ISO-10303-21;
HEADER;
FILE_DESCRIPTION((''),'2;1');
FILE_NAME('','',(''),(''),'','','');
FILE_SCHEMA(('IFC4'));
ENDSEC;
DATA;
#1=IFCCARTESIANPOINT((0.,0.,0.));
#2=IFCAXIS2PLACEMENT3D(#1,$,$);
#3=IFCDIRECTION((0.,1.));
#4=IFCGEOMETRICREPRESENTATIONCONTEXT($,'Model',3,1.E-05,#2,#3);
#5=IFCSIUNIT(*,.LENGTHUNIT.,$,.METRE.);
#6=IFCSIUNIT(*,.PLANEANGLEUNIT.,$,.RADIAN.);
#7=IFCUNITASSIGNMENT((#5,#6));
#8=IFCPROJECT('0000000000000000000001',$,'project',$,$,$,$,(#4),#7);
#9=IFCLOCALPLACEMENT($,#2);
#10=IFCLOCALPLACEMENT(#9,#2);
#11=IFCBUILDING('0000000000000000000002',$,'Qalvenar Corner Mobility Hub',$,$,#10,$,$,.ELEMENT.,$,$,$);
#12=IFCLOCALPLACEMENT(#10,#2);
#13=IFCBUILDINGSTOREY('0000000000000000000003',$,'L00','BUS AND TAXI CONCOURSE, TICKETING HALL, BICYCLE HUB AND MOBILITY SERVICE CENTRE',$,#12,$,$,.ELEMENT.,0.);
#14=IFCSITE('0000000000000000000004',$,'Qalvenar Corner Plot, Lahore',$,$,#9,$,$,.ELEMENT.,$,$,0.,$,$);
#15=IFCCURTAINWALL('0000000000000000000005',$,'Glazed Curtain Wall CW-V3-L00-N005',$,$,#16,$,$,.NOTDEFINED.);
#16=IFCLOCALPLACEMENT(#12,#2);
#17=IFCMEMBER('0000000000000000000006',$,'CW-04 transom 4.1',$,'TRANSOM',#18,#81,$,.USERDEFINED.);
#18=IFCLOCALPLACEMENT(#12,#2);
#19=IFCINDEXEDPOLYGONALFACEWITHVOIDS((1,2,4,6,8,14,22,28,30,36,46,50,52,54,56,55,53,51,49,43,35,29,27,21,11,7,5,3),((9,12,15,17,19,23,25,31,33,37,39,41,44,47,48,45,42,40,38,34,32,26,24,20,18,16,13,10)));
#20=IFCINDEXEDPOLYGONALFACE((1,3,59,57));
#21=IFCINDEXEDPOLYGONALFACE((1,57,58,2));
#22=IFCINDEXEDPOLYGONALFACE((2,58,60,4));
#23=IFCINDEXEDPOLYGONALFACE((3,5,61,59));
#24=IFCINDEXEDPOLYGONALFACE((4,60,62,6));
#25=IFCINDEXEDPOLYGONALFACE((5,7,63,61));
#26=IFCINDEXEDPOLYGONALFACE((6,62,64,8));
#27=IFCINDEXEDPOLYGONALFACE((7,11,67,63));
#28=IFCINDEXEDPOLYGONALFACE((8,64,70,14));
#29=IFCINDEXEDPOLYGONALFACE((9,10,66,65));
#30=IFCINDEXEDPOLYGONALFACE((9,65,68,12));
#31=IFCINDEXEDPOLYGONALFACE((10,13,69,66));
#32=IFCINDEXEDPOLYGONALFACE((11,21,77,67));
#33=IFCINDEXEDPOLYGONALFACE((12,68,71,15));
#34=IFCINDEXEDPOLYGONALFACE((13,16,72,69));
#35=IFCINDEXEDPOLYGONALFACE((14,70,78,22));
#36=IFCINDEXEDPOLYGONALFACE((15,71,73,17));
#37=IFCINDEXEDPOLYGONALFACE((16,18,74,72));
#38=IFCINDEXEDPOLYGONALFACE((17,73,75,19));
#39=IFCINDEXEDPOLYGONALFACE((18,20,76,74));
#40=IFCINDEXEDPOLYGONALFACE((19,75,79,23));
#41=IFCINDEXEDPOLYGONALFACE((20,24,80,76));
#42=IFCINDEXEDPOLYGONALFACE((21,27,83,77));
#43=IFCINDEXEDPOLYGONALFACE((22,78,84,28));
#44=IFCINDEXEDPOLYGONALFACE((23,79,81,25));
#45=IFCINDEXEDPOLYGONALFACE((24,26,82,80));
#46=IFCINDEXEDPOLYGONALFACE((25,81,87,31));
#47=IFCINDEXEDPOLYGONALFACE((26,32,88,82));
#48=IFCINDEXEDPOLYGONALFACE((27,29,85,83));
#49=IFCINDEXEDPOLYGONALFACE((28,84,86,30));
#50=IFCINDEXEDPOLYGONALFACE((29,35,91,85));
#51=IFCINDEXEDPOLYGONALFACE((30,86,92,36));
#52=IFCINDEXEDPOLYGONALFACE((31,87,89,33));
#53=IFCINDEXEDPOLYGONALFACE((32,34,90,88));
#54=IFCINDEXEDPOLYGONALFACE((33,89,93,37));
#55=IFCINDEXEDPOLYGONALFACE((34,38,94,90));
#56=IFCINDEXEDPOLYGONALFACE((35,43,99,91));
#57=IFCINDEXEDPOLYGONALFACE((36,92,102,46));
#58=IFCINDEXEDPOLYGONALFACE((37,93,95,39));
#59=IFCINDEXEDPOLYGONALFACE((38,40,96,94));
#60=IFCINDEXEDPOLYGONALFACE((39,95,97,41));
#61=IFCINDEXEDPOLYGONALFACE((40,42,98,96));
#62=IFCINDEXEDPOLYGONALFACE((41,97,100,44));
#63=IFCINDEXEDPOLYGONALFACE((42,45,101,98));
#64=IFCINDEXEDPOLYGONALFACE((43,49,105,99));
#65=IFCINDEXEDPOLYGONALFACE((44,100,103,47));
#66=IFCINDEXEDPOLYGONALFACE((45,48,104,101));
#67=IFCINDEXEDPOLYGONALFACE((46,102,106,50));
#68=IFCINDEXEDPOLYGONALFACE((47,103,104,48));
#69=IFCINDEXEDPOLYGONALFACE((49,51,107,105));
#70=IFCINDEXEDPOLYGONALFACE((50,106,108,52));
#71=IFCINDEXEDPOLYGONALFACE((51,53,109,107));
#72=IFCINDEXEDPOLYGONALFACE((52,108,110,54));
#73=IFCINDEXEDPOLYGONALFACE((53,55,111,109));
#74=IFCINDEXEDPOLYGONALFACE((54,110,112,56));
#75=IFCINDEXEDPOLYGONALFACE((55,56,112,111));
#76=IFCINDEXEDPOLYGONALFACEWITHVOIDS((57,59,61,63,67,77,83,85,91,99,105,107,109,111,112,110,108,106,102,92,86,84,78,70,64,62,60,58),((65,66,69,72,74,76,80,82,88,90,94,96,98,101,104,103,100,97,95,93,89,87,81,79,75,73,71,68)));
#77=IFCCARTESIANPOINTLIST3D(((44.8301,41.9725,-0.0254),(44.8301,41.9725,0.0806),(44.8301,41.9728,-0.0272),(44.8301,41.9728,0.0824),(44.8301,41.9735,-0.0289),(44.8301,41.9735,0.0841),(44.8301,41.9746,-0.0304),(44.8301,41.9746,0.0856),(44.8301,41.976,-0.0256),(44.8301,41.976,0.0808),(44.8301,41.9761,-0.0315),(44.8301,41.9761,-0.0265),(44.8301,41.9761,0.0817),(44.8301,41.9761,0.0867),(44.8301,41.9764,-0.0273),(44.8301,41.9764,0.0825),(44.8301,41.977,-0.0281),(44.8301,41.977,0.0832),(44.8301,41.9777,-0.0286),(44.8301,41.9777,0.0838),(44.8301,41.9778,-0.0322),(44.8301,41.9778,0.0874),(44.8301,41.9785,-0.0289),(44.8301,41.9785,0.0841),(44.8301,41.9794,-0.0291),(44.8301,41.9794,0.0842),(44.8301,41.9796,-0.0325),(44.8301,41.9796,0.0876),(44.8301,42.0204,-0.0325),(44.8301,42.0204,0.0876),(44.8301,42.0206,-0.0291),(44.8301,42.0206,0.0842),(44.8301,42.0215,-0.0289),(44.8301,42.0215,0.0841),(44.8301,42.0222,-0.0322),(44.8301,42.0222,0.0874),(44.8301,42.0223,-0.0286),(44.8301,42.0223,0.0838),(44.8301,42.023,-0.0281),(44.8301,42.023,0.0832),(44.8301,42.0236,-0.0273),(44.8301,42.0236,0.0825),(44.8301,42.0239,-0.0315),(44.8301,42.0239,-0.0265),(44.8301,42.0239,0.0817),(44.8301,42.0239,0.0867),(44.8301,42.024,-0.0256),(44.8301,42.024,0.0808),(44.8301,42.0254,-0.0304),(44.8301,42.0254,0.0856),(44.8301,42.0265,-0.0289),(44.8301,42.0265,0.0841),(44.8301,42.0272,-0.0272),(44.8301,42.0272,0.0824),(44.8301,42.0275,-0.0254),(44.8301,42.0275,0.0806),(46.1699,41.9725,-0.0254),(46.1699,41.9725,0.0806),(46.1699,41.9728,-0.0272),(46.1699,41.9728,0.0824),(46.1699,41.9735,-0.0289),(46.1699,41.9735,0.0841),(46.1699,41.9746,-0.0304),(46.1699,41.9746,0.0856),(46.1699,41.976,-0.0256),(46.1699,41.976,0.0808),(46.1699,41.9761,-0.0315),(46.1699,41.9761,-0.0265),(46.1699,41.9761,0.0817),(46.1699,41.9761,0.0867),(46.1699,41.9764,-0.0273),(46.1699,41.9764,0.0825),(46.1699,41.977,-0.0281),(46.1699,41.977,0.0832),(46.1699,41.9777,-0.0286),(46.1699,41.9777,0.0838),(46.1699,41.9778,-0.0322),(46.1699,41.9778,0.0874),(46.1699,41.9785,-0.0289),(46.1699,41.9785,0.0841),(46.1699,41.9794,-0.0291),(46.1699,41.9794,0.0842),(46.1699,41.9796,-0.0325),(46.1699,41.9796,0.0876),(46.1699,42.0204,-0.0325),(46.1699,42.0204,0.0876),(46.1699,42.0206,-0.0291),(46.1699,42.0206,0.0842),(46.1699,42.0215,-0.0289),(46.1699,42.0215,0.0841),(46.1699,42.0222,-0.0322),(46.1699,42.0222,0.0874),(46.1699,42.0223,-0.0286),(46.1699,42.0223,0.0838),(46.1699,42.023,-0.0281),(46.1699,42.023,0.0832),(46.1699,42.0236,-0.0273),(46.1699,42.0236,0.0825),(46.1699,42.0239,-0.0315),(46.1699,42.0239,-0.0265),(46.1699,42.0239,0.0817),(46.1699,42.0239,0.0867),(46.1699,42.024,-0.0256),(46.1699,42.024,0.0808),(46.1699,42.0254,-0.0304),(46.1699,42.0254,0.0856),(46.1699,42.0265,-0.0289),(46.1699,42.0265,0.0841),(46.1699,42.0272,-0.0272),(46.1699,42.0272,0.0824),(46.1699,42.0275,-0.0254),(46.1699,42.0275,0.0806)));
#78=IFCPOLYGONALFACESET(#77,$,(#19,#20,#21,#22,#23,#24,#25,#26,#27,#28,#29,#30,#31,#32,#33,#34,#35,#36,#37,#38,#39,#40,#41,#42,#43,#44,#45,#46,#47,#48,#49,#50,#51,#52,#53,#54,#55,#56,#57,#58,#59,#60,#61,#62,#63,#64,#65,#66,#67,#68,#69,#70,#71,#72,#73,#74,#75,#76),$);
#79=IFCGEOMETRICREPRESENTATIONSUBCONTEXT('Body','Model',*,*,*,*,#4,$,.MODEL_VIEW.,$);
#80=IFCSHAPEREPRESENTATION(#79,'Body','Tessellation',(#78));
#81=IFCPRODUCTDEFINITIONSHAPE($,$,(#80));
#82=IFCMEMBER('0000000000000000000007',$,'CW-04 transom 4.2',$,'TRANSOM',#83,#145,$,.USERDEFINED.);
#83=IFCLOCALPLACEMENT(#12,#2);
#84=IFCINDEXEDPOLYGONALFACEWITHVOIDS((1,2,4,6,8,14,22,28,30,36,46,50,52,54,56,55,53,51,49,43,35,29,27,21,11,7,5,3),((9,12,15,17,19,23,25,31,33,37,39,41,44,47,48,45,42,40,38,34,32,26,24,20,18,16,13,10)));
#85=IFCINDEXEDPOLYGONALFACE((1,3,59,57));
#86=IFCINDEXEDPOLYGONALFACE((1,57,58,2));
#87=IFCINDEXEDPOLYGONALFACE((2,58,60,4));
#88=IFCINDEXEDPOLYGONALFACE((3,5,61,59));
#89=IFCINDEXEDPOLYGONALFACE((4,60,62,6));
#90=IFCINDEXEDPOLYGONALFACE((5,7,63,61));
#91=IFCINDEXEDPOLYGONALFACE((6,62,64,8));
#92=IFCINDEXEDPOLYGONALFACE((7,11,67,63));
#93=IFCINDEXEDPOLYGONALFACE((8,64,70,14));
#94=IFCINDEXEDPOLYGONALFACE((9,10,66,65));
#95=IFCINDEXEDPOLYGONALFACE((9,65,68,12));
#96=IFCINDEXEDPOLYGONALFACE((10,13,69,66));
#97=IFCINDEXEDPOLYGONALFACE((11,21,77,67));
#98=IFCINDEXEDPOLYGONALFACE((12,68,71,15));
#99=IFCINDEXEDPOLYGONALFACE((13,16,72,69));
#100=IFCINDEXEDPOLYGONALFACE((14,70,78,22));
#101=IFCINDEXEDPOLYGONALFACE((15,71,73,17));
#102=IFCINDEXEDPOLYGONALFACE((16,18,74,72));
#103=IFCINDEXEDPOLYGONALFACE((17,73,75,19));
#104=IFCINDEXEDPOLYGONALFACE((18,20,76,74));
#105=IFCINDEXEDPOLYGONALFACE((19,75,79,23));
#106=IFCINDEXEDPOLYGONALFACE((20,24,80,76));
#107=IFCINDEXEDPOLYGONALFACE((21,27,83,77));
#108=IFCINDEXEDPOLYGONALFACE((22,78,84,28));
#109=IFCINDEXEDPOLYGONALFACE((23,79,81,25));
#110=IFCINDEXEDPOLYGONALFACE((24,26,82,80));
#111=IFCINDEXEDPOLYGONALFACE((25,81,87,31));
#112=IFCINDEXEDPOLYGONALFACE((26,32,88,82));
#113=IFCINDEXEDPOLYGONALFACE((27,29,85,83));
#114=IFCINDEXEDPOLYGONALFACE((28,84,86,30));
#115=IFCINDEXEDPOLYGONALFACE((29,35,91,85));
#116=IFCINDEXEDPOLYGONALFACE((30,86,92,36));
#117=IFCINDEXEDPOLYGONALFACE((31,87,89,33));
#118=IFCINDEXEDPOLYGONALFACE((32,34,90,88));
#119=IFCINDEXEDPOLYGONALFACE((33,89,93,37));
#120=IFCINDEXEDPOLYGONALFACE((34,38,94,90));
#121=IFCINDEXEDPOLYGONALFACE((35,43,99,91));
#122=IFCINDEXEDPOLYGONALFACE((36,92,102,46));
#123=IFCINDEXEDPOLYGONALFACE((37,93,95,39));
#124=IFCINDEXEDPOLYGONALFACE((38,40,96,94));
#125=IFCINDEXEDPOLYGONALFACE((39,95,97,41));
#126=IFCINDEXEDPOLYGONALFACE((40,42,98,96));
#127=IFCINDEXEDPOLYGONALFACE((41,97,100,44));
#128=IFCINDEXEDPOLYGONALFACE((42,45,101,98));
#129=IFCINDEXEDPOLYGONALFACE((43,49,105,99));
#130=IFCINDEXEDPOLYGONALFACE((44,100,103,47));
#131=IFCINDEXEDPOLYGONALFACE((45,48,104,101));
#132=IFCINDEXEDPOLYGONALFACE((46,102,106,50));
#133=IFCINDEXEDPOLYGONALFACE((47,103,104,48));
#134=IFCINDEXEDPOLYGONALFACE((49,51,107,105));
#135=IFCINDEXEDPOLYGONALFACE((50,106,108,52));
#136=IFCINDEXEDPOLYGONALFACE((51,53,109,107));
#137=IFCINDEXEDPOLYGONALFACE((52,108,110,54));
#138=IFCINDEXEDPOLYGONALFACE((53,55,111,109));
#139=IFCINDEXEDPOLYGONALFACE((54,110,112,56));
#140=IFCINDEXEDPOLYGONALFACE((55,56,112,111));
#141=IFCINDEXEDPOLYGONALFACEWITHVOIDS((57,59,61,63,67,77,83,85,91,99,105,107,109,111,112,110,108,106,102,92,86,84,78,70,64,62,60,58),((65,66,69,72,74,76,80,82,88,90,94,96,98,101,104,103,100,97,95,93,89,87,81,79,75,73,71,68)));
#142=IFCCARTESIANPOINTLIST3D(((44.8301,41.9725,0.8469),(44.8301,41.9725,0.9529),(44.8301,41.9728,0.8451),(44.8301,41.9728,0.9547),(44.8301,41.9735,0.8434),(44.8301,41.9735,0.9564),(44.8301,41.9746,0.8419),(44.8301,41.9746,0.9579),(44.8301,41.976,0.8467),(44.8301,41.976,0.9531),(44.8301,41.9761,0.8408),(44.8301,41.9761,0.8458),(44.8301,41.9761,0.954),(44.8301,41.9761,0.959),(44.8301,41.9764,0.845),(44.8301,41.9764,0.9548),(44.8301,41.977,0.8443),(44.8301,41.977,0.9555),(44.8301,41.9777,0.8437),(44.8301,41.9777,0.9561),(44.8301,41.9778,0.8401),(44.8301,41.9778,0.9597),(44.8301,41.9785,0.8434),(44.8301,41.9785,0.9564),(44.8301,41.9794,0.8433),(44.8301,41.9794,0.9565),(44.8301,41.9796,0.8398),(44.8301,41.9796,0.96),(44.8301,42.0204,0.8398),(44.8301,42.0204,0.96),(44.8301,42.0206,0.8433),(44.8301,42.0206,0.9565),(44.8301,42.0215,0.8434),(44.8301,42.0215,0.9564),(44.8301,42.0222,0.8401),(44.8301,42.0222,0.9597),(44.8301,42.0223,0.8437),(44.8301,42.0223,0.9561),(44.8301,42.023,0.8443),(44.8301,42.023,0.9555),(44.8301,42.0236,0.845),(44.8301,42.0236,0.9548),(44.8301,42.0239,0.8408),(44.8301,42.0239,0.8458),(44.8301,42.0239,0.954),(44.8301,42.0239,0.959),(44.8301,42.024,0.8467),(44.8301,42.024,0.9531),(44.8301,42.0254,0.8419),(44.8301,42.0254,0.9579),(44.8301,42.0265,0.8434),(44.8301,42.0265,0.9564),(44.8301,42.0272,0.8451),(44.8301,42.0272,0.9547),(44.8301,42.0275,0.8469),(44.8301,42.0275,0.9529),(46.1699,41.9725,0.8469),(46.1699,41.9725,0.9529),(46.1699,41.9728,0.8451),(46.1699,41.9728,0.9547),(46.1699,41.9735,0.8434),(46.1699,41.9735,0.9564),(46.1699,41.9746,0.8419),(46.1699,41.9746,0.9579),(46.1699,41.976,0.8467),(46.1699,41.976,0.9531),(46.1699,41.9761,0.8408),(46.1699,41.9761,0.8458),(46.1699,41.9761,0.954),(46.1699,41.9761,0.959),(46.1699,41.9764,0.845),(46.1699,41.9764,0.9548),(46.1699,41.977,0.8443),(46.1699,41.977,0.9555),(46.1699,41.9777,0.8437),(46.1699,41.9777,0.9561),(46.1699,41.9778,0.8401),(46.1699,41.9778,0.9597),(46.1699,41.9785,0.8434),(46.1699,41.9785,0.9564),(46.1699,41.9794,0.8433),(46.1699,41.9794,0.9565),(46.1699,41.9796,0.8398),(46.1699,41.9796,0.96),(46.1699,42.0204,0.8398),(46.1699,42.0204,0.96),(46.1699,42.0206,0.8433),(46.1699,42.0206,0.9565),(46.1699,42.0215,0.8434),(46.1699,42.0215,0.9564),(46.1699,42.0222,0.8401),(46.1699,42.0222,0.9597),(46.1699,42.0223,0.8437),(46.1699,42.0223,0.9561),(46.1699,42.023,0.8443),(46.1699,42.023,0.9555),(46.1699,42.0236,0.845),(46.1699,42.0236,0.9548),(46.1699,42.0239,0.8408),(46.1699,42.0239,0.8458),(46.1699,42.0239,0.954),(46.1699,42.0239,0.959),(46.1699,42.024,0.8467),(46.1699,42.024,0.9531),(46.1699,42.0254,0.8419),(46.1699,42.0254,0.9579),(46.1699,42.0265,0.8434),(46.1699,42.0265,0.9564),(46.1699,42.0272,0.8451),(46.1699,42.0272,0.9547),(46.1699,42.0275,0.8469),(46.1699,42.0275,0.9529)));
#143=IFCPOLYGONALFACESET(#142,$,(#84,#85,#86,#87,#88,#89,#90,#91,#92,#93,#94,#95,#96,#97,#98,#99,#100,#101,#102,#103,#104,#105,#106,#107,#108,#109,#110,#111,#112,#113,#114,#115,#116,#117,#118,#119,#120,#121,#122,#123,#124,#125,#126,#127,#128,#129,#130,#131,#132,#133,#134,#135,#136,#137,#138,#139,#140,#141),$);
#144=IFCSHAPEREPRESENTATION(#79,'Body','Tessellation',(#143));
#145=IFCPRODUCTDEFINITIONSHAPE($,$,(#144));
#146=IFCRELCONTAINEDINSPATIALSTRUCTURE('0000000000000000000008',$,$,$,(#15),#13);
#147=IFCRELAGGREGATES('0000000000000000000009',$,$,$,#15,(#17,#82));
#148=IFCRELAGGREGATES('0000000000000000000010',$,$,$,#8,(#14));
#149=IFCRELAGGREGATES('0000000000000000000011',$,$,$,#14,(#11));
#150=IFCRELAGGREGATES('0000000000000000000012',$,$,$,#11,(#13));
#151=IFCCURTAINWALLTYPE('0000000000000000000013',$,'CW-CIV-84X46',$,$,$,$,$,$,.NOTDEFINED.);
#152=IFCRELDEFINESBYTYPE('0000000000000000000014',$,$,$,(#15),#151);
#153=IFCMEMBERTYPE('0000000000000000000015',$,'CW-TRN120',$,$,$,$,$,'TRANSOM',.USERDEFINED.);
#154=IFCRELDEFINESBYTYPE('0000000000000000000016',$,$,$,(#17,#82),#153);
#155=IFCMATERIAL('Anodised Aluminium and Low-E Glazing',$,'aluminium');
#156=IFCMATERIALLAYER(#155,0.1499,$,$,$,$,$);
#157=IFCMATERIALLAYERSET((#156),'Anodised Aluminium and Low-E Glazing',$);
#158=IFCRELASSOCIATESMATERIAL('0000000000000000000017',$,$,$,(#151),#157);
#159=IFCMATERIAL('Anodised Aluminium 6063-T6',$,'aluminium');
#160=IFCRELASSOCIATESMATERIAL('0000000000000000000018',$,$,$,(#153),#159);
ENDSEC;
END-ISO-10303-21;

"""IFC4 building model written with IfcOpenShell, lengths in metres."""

from ifc_helpers import new_model, si_unit, direction, frame, origin, origin_2d, place, context, subcontext, project, spatial, hollow_rectangle, extrude, material, layer, layer_set, material_profile, profile_set, type_object, element, aggregate, save


model = new_model("IFC4")

# Units and contexts
model_context = context("Model", 3, precision=1e-05, world=origin(), true_north=direction((0.0, 1.0)))
body_context = subcontext(model_context, "Body", "Model", "MODEL_VIEW")
ifc_project = project(units=[si_unit("LENGTHUNIT", "METRE"), si_unit("PLANEANGLEUNIT", "RADIAN")], contexts=[model_context])

# Site, building, storey
site_placement = place(None, origin())
site = spatial("IfcSite", under=ifc_project, at=site_placement, Name="Qalvenar Corner Plot, Lahore", CompositionType="ELEMENT", RefElevation=0.0)
building_placement = place(site_placement, origin())
building = spatial("IfcBuilding", under=site, at=building_placement, Name="Qalvenar Corner Mobility Hub", CompositionType="ELEMENT")
storey_placement = place(building_placement, origin())
storey = spatial("IfcBuildingStorey", under=building, at=storey_placement, Name="L00", Description="BUS AND TAXI CONCOURSE, TICKETING HALL, BICYCLE HUB AND MOBILITY SERVICE CENTRE", CompositionType="ELEMENT", Elevation=0.0)

# Curtain wall
ifc_material_1 = material(Name="Anodised Aluminium and Low-E Glazing", Category="aluminium")
ifc_layer_1 = layer(ifc_material_1, 0.1499)
ifc_layer_set_1 = layer_set([ifc_layer_1], Name="Anodised Aluminium and Low-E Glazing")
curtain_wall_type = type_object("IfcCurtainWallType", Name="CW-CIV-84X46", PredefinedType="NOTDEFINED", material=ifc_layer_set_1)
curtain_wall_1_placement = place(storey_placement, origin())
curtain_wall_1 = element("IfcCurtainWall", 1, at=curtain_wall_1_placement, inside=storey, type_object=curtain_wall_type, Name="Glazed Curtain Wall CW-V3-L00-N005", PredefinedType="NOTDEFINED")
ifc_material_2 = material(Name="Anodised Aluminium 6063-T6", Category="aluminium")

# Members
ifc_material_profile_1 = material_profile(ifc_material_2, hollow_rectangle(XDim=0.0549, YDim=0.1201, WallThickness=0.0034, InnerFilletRadius=0.0034, OuterFilletRadius=0.0071, at=origin_2d()), Name="RHS120x55x3.5")
ifc_profile_set_1 = profile_set([ifc_material_profile_1], Name="Anodised Aluminium 6063-T6")
member_type_1 = type_object("IfcMemberType", Name="CW-TRN120", ElementType="TRANSOM", PredefinedType="USERDEFINED", material=ifc_profile_set_1)
member_1_placement = place(storey_placement, frame((46.1699, 42.0, 0.0276), z_axis=(-1.0, 0.0, 0.0), x_axis=(0.0, -1.0, 0.0)))
member_1 = element("IfcMember", 2, at=member_1_placement, type_object=member_type_1, Name="CW-04 transom 4.1", ObjectType="TRANSOM", PredefinedType="USERDEFINED", context=body_context, shape_type="SweptSolid", body=[
    extrude(hollow_rectangle(XDim=0.0549, YDim=0.1201, WallThickness=0.0034, InnerFilletRadius=0.0034, OuterFilletRadius=0.0071, at=origin_2d()), origin(), (0.0, 0.0, 1.0), 1.3398),
])
member_2_placement = place(storey_placement, frame((46.1699, 42.0, 0.8999), z_axis=(-1.0, 0.0, 0.0), x_axis=(0.0, -1.0, 0.0)))
member_2 = element("IfcMember", 3, at=member_2_placement, type_object=member_type_1, Name="CW-04 transom 4.2", ObjectType="TRANSOM", PredefinedType="USERDEFINED", context=body_context, shape_type="SweptSolid", body=[
    extrude(hollow_rectangle(XDim=0.0549, YDim=0.1201, WallThickness=0.0034, InnerFilletRadius=0.0034, OuterFilletRadius=0.0071, at=origin_2d()), origin(), (0.0, 0.0, 1.0), 1.3398),
])

aggregate(curtain_wall_1, [member_1, member_2])

save(model, "model.ifc")
